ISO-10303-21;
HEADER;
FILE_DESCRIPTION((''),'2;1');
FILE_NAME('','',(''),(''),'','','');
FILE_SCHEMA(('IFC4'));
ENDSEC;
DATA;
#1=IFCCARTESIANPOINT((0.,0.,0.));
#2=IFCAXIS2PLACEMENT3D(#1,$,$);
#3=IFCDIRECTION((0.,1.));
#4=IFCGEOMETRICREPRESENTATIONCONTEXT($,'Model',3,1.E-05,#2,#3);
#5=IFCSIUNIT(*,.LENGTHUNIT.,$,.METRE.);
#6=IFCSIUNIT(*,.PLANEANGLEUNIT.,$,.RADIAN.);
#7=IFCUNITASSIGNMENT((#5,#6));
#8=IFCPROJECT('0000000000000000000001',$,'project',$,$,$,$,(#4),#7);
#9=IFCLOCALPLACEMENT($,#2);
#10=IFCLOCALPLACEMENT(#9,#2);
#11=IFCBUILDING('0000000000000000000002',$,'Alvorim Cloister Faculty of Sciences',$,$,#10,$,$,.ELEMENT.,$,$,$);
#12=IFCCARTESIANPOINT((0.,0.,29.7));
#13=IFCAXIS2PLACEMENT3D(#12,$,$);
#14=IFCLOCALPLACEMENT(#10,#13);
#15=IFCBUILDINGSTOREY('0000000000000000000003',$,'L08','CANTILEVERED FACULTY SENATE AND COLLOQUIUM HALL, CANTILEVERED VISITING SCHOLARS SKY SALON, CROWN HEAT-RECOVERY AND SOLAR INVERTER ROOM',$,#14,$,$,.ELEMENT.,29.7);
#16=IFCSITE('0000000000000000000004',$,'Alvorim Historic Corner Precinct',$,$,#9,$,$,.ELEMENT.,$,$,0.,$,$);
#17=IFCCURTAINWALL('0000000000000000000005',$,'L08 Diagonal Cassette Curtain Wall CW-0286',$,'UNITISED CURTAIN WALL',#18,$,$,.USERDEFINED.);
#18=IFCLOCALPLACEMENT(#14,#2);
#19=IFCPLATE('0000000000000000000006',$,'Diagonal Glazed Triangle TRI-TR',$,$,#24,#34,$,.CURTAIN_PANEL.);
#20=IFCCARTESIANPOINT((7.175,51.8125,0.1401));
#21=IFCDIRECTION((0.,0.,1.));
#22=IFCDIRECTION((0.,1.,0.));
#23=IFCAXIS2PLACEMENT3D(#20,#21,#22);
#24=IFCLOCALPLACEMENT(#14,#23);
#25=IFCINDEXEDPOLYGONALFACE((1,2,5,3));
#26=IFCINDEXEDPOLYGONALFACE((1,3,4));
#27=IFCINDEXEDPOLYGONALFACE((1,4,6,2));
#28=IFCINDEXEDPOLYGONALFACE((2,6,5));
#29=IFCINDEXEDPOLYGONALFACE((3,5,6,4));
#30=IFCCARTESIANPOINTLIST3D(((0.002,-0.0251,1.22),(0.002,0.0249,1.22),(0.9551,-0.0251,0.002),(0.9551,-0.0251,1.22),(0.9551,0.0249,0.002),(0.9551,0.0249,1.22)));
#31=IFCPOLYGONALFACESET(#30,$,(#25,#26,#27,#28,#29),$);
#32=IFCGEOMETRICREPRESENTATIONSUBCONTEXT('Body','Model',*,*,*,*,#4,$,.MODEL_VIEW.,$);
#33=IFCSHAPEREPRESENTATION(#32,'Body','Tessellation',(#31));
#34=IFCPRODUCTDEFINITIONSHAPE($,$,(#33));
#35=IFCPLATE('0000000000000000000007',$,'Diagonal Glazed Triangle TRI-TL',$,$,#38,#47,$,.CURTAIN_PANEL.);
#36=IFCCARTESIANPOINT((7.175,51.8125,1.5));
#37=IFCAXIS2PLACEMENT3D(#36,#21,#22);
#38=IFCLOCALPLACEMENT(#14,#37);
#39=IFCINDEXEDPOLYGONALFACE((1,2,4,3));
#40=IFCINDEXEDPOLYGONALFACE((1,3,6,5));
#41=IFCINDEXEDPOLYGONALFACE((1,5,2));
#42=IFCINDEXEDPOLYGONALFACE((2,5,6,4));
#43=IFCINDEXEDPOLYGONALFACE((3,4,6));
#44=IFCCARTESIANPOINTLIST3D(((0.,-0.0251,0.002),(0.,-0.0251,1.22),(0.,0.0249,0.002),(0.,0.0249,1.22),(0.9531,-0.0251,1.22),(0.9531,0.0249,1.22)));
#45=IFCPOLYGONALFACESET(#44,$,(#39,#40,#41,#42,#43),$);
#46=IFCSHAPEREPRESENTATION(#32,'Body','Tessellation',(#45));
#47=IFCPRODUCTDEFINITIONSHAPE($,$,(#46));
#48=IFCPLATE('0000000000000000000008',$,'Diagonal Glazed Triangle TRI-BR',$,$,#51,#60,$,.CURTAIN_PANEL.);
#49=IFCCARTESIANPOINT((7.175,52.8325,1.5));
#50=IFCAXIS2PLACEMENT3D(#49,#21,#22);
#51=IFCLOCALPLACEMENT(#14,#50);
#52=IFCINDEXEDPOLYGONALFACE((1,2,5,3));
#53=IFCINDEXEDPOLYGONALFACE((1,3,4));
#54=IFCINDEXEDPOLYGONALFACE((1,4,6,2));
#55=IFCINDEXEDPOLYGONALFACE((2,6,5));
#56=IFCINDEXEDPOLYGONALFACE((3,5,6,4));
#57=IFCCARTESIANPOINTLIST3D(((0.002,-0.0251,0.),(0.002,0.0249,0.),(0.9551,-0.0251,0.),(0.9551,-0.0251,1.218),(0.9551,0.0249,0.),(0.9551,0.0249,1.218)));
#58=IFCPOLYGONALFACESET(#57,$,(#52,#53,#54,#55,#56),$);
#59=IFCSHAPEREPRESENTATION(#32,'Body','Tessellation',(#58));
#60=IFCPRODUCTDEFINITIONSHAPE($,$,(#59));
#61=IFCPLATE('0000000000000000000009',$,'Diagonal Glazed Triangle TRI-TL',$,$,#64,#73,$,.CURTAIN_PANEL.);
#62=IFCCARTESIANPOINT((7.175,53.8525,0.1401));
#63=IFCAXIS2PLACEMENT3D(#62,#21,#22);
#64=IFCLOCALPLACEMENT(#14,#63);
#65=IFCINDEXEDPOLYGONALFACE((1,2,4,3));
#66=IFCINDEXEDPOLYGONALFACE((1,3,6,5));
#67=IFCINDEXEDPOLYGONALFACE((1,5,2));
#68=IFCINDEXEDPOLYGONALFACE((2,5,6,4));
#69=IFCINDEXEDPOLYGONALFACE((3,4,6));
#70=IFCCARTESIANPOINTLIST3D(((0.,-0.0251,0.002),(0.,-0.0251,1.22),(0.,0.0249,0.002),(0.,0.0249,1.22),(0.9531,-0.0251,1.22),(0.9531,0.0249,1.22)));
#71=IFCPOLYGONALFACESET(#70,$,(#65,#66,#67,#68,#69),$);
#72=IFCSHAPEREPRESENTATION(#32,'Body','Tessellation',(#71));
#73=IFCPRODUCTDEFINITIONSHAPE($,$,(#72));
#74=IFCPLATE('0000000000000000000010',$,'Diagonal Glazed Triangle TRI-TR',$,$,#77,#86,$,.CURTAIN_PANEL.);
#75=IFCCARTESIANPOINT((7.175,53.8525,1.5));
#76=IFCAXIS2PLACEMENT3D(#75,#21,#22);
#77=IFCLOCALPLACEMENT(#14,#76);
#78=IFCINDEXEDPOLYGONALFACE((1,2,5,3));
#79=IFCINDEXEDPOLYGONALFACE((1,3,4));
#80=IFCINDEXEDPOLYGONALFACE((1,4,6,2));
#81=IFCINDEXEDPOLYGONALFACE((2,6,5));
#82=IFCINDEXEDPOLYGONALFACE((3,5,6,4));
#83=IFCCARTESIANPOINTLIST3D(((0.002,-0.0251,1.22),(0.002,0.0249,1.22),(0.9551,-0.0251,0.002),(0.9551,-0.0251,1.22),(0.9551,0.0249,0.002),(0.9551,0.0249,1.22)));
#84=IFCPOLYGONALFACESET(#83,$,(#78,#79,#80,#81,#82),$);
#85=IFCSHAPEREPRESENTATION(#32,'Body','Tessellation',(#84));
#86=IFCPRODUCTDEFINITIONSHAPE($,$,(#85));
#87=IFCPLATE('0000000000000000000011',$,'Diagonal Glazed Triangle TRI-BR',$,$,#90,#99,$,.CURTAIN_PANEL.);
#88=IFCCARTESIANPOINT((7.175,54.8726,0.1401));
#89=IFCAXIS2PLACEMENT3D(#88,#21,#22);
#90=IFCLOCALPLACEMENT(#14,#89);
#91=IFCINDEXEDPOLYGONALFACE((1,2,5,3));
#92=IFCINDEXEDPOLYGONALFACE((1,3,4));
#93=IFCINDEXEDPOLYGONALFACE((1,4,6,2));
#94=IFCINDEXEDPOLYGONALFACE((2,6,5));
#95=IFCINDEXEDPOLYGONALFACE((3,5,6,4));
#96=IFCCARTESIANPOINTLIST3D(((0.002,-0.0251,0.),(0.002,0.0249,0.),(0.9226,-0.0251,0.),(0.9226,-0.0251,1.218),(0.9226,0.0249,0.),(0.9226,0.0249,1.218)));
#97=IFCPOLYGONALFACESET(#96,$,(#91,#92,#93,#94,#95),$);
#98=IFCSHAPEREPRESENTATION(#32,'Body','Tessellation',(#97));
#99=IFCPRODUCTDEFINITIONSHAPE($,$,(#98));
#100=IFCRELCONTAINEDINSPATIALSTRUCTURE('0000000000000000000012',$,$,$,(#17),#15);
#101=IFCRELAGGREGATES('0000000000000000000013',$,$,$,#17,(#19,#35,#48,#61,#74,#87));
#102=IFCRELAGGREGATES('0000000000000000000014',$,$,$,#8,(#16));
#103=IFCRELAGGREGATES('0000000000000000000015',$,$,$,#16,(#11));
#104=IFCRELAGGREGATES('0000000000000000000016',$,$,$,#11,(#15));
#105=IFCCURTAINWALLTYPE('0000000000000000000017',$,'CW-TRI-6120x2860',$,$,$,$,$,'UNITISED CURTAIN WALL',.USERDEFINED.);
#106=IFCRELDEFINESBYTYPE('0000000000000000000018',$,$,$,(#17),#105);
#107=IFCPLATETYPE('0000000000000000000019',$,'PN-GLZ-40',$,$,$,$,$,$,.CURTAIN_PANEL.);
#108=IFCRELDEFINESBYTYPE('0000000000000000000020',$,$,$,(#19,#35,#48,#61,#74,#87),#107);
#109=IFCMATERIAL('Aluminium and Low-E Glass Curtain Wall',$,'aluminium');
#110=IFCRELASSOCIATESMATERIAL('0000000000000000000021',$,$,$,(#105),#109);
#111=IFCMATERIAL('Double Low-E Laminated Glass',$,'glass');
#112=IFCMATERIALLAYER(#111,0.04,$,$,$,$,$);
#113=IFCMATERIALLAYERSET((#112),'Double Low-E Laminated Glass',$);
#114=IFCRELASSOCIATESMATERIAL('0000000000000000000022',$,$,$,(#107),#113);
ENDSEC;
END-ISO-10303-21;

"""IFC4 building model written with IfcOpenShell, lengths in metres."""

from ifc_helpers import new_model, si_unit, direction, frame, origin, place, context, subcontext, project, spatial, polyline, outline, extrude, material, layer, layer_set, type_object, element, aggregate, save


model = new_model("IFC4")

# Units and contexts
model_context = context("Model", 3, precision=1e-05, world=origin(), true_north=direction((0.0, 1.0)))
body_context = subcontext(model_context, "Body", "Model", "MODEL_VIEW")
ifc_project = project(units=[si_unit("LENGTHUNIT", "METRE"), si_unit("PLANEANGLEUNIT", "RADIAN")], contexts=[model_context])

# Site, building, storey
site_placement = place(None, origin())
site = spatial("IfcSite", under=ifc_project, at=site_placement, Name="Alvorim Historic Corner Precinct", CompositionType="ELEMENT", RefElevation=0.0)
building_placement = place(site_placement, origin())
building = spatial("IfcBuilding", under=site, at=building_placement, Name="Alvorim Cloister Faculty of Sciences", CompositionType="ELEMENT")
storey_placement = place(building_placement, frame((0.0, 0.0, 29.7)))
storey = spatial("IfcBuildingStorey", under=building, at=storey_placement, Name="L08", Description="CANTILEVERED FACULTY SENATE AND COLLOQUIUM HALL, CANTILEVERED VISITING SCHOLARS SKY SALON, CROWN HEAT-RECOVERY AND SOLAR INVERTER ROOM", CompositionType="ELEMENT", Elevation=29.7)

# Curtain wall, plates
ifc_material_1 = material(Name="Aluminium and Low-E Glass Curtain Wall", Category="aluminium")
curtain_wall_type = type_object("IfcCurtainWallType", Name="CW-TRI-6120x2860", ElementType="UNITISED CURTAIN WALL", PredefinedType="USERDEFINED", material=ifc_material_1)
curtain_wall_placement = place(storey_placement, origin())
curtain_wall = element("IfcCurtainWall", 1, at=curtain_wall_placement, inside=storey, type_object=curtain_wall_type, Name="L08 Diagonal Cassette Curtain Wall CW-0286", ObjectType="UNITISED CURTAIN WALL", PredefinedType="USERDEFINED")
ifc_material_2 = material(Name="Double Low-E Laminated Glass", Category="glass")
ifc_layer = layer(ifc_material_2, 0.04)
ifc_layer_set = layer_set([ifc_layer], Name="Double Low-E Laminated Glass")
plate_type = type_object("IfcPlateType", Name="PN-GLZ-40", PredefinedType="CURTAIN_PANEL", material=ifc_layer_set)
plate_1_placement = place(storey_placement, frame((7.175, 51.8125, 0.1401), z_axis=(0.0, 0.0, 1.0), x_axis=(0.0, 1.0, 0.0)))
plate_1 = element("IfcPlate", 2, at=plate_1_placement, type_object=plate_type, Name="Diagonal Glazed Triangle TRI-TR", PredefinedType="CURTAIN_PANEL", context=body_context, shape_type="SweptSolid", body=[
    extrude(outline(polyline([(0.9551, 0.002), (0.9551, 1.22), (0.002, 1.22), (0.9551, 0.002)])), frame((0.0, 0.0249, 0.0), z_axis=(0.0, -1.0, 0.0), x_axis=(1.0, 0.0, 0.0)), (0.0, 0.0, 1.0), 0.05),
])
plate_2_placement = place(storey_placement, frame((7.175, 51.8125, 1.5), z_axis=(0.0, 0.0, 1.0), x_axis=(0.0, 1.0, 0.0)))
plate_2 = element("IfcPlate", 3, at=plate_2_placement, type_object=plate_type, Name="Diagonal Glazed Triangle TRI-TL", PredefinedType="CURTAIN_PANEL", context=body_context, shape_type="SweptSolid", body=[
    extrude(outline(polyline([(0.9531, 1.22), (0.0, 1.22), (0.0, 0.002), (0.9531, 1.22)])), frame((0.0, 0.0249, 0.0), z_axis=(0.0, -1.0, 0.0), x_axis=(1.0, 0.0, 0.0)), (0.0, 0.0, 1.0), 0.05),
])
plate_3_placement = place(storey_placement, frame((7.175, 52.8325, 1.5), z_axis=(0.0, 0.0, 1.0), x_axis=(0.0, 1.0, 0.0)))
plate_3 = element("IfcPlate", 4, at=plate_3_placement, type_object=plate_type, Name="Diagonal Glazed Triangle TRI-BR", PredefinedType="CURTAIN_PANEL", context=body_context, shape_type="SweptSolid", body=[
    extrude(outline(polyline([(0.002, 0.0), (0.9551, 0.0), (0.9551, 1.218), (0.002, 0.0)])), frame((0.0, 0.0249, 0.0), z_axis=(0.0, -1.0, 0.0), x_axis=(1.0, 0.0, 0.0)), (0.0, 0.0, 1.0), 0.05),
])
plate_4_placement = place(storey_placement, frame((7.175, 53.8525, 0.1401), z_axis=(0.0, 0.0, 1.0), x_axis=(0.0, 1.0, 0.0)))
plate_4 = element("IfcPlate", 5, at=plate_4_placement, type_object=plate_type, Name="Diagonal Glazed Triangle TRI-TL", PredefinedType="CURTAIN_PANEL", context=body_context, shape_type="SweptSolid", body=[
    extrude(outline(polyline([(0.9531, 1.22), (0.0, 1.22), (0.0, 0.002), (0.9531, 1.22)])), frame((0.0, 0.0249, 0.0), z_axis=(0.0, -1.0, 0.0), x_axis=(1.0, 0.0, 0.0)), (0.0, 0.0, 1.0), 0.05),
])
plate_5_placement = place(storey_placement, frame((7.175, 53.8525, 1.5), z_axis=(0.0, 0.0, 1.0), x_axis=(0.0, 1.0, 0.0)))
plate_5 = element("IfcPlate", 6, at=plate_5_placement, type_object=plate_type, Name="Diagonal Glazed Triangle TRI-TR", PredefinedType="CURTAIN_PANEL", context=body_context, shape_type="SweptSolid", body=[
    extrude(outline(polyline([(0.9551, 0.002), (0.9551, 1.22), (0.002, 1.22), (0.9551, 0.002)])), frame((0.0, 0.0249, 0.0), z_axis=(0.0, -1.0, 0.0), x_axis=(1.0, 0.0, 0.0)), (0.0, 0.0, 1.0), 0.05),
])
plate_6_placement = place(storey_placement, frame((7.175, 54.8726, 0.1401), z_axis=(0.0, 0.0, 1.0), x_axis=(0.0, 1.0, 0.0)))
plate_6 = element("IfcPlate", 7, at=plate_6_placement, type_object=plate_type, Name="Diagonal Glazed Triangle TRI-BR", PredefinedType="CURTAIN_PANEL", context=body_context, shape_type="SweptSolid", body=[
    extrude(outline(polyline([(0.002, 0.0), (0.9226, 0.0), (0.9226, 1.218), (0.002, 0.0)])), frame((0.0, 0.0249, 0.0), z_axis=(0.0, -1.0, 0.0), x_axis=(1.0, 0.0, 0.0)), (0.0, 0.0, 1.0), 0.05),
])
aggregate(curtain_wall, [plate_1, plate_2, plate_3, plate_4, plate_5, plate_6])

save(model, "model.ifc")
